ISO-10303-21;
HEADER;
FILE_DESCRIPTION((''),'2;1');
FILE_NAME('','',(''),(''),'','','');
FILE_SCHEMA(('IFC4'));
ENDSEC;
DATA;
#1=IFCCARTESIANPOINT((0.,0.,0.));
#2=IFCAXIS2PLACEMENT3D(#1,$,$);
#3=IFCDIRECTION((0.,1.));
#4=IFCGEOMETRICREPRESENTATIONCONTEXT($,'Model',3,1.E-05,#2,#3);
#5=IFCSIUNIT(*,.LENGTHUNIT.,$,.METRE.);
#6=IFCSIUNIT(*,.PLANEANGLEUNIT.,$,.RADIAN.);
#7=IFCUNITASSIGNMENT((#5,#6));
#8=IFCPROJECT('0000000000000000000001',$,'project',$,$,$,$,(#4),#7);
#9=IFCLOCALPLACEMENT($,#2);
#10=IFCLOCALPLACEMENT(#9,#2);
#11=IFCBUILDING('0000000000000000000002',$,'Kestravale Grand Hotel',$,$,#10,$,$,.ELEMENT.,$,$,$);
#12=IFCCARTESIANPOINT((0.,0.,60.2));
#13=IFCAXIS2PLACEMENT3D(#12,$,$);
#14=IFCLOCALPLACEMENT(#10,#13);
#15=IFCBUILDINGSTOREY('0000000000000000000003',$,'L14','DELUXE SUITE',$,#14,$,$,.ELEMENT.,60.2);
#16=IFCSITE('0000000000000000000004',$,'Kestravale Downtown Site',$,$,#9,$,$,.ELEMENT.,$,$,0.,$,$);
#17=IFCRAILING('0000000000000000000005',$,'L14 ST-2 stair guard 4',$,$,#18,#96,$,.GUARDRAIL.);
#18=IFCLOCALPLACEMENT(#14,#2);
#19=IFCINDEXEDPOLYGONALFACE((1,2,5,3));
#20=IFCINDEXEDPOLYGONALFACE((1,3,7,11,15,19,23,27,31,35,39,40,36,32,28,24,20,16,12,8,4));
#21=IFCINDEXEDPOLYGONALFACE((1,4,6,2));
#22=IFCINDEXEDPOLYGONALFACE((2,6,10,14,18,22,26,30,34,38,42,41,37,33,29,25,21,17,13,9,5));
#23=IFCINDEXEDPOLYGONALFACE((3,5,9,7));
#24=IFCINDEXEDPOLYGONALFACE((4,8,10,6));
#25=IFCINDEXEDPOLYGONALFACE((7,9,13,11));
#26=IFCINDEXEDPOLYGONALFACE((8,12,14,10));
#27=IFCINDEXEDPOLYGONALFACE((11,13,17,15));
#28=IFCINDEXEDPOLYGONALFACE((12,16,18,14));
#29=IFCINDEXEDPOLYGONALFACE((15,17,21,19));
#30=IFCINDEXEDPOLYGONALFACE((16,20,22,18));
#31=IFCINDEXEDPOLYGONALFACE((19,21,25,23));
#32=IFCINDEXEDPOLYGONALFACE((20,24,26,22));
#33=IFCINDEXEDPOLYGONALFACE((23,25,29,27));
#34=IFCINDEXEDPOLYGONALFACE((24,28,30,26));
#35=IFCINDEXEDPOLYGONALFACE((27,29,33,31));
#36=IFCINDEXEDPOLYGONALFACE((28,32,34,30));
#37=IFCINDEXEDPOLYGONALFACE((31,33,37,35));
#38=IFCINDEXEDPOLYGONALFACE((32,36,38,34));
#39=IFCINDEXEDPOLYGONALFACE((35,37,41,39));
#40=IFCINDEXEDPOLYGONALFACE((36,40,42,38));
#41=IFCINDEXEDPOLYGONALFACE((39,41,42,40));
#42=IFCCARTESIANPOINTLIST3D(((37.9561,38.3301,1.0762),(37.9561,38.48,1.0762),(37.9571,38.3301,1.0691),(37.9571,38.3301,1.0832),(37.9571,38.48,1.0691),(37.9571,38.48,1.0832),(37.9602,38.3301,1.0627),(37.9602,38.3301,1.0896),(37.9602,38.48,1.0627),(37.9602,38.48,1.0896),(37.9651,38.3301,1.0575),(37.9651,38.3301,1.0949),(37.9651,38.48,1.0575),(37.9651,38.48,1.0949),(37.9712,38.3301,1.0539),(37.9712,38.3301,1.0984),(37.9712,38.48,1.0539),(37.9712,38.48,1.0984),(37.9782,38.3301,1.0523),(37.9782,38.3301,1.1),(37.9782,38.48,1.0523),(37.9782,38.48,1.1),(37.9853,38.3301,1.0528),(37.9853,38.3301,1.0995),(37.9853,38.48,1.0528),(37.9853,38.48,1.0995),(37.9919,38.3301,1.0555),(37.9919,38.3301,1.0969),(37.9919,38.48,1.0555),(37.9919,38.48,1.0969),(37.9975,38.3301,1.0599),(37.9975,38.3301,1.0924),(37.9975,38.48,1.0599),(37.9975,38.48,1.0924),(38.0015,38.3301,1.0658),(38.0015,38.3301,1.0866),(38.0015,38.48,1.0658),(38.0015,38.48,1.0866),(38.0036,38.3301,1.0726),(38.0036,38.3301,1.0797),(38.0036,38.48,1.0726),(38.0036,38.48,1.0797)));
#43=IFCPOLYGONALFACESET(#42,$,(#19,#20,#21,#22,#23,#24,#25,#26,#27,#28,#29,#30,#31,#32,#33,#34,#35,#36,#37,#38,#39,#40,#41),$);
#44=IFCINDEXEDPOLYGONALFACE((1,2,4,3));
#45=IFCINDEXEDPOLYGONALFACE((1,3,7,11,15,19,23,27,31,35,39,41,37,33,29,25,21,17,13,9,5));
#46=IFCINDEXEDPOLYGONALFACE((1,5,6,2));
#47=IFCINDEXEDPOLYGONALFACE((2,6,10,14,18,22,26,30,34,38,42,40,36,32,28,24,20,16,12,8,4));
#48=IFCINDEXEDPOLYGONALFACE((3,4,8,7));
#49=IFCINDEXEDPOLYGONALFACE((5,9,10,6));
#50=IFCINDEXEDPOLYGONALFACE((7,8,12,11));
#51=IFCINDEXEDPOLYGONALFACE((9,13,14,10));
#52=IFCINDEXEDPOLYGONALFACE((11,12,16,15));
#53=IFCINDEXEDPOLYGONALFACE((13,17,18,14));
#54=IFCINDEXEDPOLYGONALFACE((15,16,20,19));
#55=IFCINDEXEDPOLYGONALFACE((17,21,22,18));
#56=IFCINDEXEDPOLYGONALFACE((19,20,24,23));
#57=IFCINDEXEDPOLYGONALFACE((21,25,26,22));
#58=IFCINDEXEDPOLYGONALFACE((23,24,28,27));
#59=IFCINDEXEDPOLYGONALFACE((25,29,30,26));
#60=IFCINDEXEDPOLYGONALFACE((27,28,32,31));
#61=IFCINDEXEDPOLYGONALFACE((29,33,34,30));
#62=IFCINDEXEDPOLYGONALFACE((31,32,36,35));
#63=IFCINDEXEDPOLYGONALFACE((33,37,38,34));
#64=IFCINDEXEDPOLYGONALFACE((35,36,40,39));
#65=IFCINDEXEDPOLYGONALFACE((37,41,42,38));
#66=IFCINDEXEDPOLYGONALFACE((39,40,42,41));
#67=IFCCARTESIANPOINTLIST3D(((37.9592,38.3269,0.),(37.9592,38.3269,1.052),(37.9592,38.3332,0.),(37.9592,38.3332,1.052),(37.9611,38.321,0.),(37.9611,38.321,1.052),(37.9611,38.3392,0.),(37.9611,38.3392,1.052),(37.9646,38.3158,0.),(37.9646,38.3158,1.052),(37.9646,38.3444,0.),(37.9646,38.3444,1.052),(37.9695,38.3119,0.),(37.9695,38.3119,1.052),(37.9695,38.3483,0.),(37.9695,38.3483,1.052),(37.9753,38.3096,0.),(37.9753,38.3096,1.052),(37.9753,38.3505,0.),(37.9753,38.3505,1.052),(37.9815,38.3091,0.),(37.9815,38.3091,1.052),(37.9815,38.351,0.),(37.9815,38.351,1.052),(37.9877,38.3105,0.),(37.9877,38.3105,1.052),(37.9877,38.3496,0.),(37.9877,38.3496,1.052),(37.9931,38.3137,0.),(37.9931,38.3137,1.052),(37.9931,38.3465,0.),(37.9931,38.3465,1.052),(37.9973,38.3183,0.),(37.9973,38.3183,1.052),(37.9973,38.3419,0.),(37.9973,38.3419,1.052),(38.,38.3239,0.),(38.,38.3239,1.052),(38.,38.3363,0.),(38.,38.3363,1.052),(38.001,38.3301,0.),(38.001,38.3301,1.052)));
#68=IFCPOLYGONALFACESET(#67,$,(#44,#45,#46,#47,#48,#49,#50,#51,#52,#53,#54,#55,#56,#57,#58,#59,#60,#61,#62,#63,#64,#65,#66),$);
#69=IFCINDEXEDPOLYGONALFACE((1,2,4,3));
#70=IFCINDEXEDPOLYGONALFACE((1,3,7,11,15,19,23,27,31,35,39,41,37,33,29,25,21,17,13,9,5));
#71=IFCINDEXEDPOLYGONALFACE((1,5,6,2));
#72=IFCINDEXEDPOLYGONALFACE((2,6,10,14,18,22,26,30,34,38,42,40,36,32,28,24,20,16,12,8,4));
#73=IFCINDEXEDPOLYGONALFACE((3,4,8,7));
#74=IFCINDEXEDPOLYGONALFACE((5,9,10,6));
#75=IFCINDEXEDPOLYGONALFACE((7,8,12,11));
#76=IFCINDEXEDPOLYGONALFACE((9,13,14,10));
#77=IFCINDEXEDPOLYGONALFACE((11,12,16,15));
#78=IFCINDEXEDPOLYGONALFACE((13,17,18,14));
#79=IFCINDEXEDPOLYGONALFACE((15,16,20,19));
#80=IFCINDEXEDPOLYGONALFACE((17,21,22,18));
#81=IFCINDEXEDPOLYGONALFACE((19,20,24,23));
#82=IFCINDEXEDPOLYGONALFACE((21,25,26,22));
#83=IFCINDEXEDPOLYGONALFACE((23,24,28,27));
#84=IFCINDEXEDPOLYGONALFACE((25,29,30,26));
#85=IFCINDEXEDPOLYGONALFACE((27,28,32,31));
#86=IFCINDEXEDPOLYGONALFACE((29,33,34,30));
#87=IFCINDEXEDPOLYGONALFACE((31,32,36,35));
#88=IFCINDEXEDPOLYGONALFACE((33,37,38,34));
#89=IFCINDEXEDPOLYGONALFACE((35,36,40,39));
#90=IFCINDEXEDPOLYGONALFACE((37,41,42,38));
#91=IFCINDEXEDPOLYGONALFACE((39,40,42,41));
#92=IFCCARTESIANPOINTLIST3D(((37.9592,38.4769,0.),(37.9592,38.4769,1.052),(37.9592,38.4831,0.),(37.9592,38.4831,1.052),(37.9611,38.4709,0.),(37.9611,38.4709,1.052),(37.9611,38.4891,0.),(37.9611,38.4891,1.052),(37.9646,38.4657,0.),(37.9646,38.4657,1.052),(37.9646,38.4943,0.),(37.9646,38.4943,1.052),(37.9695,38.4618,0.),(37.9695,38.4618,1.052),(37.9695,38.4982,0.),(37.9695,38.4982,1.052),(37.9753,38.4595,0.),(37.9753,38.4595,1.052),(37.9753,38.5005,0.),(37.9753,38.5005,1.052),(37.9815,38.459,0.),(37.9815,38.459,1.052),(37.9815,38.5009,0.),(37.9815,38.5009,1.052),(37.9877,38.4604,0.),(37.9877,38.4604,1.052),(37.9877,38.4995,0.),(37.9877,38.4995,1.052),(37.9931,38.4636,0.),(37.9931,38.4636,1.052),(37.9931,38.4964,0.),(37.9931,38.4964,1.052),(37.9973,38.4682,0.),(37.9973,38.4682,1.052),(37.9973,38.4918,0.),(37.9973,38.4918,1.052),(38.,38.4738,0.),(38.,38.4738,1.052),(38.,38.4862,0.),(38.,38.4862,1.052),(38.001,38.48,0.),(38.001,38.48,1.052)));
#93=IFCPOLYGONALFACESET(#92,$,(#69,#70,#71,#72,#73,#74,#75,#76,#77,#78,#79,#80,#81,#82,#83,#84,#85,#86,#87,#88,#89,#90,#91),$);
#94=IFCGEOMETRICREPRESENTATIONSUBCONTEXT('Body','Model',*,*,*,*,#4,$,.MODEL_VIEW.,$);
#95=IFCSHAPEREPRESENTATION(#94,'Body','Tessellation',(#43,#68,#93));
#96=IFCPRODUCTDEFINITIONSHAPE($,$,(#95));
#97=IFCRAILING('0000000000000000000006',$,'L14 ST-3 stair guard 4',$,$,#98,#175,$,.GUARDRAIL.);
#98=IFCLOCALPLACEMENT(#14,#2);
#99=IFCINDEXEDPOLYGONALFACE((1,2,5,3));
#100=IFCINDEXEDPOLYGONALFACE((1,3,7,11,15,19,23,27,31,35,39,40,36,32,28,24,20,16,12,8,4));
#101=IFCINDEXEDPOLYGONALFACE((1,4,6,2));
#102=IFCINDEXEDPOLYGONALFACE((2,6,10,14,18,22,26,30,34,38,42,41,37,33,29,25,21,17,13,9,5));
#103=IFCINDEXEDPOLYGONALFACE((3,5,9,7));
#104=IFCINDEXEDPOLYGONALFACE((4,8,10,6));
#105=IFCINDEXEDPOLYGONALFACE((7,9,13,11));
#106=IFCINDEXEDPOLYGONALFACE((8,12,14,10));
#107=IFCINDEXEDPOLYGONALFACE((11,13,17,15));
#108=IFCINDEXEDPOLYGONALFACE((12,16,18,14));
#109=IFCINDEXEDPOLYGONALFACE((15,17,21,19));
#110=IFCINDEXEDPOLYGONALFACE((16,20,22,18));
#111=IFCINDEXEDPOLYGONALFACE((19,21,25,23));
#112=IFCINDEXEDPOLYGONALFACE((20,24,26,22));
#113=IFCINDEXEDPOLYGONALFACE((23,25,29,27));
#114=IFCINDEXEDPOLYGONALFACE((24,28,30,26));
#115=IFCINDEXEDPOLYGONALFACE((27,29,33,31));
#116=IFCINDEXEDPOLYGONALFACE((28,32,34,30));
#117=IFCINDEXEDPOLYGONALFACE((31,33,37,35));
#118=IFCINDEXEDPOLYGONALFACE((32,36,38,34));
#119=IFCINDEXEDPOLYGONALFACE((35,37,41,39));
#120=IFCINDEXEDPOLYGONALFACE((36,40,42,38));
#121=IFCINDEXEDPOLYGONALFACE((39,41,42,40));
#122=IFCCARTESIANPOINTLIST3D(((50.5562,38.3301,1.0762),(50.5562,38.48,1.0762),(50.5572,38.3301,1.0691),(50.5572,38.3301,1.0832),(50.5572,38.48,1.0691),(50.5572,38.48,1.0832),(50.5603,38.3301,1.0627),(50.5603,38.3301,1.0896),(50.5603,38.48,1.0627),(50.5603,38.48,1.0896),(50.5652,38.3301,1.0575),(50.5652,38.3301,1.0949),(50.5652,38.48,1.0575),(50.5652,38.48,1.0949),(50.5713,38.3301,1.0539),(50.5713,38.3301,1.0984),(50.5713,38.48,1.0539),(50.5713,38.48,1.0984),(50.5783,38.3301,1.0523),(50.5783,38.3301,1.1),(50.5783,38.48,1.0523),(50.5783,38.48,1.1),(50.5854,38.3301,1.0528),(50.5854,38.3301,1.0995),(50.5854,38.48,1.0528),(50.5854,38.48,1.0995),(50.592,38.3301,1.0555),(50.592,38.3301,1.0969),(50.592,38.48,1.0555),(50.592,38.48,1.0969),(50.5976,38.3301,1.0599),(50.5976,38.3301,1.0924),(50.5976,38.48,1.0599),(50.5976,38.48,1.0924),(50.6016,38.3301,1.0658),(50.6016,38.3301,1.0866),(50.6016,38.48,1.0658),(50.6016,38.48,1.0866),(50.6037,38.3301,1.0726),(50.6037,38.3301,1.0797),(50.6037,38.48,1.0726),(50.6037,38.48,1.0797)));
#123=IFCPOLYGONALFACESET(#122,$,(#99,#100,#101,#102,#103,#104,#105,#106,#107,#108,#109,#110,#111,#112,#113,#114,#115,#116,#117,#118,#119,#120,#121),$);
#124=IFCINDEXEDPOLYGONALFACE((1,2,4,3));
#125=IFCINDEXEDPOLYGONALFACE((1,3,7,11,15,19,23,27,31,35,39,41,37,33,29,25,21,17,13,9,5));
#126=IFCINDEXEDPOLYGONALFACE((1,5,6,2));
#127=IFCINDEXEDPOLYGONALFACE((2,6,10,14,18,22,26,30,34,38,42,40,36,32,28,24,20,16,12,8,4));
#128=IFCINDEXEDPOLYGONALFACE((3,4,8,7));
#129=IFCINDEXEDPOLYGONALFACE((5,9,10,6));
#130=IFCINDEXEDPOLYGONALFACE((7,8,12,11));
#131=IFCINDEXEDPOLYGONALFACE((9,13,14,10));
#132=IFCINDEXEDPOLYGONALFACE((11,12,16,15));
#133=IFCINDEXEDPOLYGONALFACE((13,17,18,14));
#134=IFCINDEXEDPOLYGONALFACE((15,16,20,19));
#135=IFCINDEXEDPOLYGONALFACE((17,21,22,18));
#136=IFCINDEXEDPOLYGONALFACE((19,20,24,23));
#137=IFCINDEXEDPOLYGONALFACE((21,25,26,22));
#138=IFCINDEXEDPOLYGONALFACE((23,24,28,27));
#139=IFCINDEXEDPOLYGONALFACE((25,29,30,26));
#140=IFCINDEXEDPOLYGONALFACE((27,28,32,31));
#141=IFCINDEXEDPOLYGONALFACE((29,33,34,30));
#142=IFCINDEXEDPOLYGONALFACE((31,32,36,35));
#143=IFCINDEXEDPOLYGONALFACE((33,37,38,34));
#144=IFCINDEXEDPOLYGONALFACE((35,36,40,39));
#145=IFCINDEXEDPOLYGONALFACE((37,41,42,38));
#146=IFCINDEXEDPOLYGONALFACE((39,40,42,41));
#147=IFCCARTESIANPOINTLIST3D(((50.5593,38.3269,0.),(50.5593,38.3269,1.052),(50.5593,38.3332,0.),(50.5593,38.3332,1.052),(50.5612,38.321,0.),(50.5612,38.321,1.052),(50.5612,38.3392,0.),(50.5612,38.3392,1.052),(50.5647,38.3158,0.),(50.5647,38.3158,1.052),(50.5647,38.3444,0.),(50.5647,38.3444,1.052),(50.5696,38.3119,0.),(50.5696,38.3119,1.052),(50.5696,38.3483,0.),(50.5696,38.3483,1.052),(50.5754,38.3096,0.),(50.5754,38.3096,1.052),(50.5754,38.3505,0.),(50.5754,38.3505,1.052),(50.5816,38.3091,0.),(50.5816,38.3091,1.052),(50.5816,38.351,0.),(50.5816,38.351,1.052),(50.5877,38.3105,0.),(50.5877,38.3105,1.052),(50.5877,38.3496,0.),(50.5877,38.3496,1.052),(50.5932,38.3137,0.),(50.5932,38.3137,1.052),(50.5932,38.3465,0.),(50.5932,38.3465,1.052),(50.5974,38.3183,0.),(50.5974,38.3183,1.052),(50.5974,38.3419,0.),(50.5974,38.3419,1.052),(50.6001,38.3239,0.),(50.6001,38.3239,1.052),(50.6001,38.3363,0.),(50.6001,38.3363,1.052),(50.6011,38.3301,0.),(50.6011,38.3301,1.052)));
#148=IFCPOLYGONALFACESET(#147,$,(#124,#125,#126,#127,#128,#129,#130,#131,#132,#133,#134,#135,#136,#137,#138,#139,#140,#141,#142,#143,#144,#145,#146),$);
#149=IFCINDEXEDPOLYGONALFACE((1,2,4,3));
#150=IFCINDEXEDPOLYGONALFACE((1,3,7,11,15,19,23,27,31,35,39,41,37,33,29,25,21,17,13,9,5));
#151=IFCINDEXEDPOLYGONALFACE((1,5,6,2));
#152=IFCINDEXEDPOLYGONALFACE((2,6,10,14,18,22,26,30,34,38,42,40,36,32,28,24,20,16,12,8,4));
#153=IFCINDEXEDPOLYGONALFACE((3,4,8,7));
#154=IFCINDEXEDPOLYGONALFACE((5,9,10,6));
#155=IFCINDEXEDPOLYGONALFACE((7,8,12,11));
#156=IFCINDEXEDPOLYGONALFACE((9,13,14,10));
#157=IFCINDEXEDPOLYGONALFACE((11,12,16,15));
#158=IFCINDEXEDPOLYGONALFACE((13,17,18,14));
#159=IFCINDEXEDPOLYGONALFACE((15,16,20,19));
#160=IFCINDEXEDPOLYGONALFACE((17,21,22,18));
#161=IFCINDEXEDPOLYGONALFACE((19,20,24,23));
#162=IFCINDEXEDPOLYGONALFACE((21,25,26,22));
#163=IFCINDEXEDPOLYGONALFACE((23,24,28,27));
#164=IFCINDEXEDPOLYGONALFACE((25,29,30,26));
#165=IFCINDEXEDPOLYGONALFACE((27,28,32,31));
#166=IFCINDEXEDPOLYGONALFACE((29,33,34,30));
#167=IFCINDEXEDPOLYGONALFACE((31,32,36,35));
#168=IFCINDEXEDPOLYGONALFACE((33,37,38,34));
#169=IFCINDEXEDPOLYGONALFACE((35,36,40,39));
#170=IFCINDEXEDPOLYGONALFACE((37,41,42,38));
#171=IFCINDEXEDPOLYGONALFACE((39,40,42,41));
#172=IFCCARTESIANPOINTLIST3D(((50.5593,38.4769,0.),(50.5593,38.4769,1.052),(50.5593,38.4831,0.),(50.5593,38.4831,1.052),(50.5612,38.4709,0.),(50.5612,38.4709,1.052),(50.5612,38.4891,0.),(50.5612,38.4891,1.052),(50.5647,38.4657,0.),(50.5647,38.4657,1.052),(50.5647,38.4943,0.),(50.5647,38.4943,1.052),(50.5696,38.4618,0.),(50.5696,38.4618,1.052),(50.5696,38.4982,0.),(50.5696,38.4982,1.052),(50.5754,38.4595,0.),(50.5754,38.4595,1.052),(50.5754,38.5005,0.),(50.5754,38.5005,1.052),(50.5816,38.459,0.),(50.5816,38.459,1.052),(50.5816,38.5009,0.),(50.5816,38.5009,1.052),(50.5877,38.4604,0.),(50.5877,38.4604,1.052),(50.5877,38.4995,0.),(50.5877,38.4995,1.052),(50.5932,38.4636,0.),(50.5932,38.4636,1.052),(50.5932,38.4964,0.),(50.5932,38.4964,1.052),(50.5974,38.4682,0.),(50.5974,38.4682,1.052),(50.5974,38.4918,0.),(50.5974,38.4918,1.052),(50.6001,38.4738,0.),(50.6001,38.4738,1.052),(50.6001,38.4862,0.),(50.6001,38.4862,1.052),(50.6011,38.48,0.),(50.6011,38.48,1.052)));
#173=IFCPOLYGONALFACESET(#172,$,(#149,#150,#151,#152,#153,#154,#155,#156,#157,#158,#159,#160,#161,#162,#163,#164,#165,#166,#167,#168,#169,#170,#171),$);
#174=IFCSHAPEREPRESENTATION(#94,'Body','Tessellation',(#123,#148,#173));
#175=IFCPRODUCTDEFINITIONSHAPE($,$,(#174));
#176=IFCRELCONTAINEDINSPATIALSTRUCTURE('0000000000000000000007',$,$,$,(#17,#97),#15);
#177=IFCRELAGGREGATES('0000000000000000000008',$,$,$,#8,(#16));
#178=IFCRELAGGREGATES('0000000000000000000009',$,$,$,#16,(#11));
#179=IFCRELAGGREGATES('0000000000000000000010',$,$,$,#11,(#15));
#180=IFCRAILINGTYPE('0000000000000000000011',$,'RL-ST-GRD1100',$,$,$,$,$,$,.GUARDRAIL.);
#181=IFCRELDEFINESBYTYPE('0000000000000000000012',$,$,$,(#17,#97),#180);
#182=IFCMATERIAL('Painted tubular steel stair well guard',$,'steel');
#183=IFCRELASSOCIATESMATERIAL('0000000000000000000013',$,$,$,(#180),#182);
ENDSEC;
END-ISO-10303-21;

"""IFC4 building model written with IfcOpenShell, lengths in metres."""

from ifc_helpers import new_model, si_unit, direction, frame, origin, origin_2d, place, context, subcontext, project, spatial, circle, extrude, material, type_object, element, save


model = new_model("IFC4")

# Units and contexts
model_context = context("Model", 3, precision=1e-05, world=origin(), true_north=direction((0.0, 1.0)))
body_context = subcontext(model_context, "Body", "Model", "MODEL_VIEW")
ifc_project = project(units=[si_unit("LENGTHUNIT", "METRE"), si_unit("PLANEANGLEUNIT", "RADIAN")], contexts=[model_context])

# Site, building, storey
site_placement = place(None, origin())
site = spatial("IfcSite", under=ifc_project, at=site_placement, Name="Kestravale Downtown Site", CompositionType="ELEMENT", RefElevation=0.0)
building_placement = place(site_placement, origin())
building = spatial("IfcBuilding", under=site, at=building_placement, Name="Kestravale Grand Hotel", CompositionType="ELEMENT")
storey_placement = place(building_placement, frame((0.0, 0.0, 60.2)))
storey = spatial("IfcBuildingStorey", under=building, at=storey_placement, Name="L14", Description="DELUXE SUITE", CompositionType="ELEMENT", Elevation=60.2)

# Railings
ifc_material_1 = material(Name="Painted tubular steel stair well guard", Category="steel")
railing_type_1 = type_object("IfcRailingType", Name="RL-ST-GRD1100", PredefinedType="GUARDRAIL", material=ifc_material_1)
for number, where, name in (
    (1, (37.98, 38.3301, 0.0), "L14 ST-2 stair guard 4"),
    (2, (50.5801, 38.3301, 0.0), "L14 ST-3 stair guard 4"),
):
    element("IfcRailing", number, at=place(storey_placement, frame(where)), inside=storey, type_object=railing_type_1, Name=name, PredefinedType="GUARDRAIL", context=body_context, shape_type="SweptSolid", body=[
        extrude(circle(Radius=0.0239, at=origin_2d()), frame((0.0, 0.0, 1.0762), z_axis=(0.0, 1.0, 0.0), x_axis=(-1.0, 0.0, 0.0)), (0.0, 0.0, 1.0), 0.1499),
        extrude(circle(Radius=0.021, at=origin_2d()), origin(), (0.0, 0.0, 1.0), 1.052),
        extrude(circle(Radius=0.021, at=origin_2d()), frame((0.0, 0.1499, 0.0)), (0.0, 0.0, 1.0), 1.052),
    ])

save(model, "model.ifc")
